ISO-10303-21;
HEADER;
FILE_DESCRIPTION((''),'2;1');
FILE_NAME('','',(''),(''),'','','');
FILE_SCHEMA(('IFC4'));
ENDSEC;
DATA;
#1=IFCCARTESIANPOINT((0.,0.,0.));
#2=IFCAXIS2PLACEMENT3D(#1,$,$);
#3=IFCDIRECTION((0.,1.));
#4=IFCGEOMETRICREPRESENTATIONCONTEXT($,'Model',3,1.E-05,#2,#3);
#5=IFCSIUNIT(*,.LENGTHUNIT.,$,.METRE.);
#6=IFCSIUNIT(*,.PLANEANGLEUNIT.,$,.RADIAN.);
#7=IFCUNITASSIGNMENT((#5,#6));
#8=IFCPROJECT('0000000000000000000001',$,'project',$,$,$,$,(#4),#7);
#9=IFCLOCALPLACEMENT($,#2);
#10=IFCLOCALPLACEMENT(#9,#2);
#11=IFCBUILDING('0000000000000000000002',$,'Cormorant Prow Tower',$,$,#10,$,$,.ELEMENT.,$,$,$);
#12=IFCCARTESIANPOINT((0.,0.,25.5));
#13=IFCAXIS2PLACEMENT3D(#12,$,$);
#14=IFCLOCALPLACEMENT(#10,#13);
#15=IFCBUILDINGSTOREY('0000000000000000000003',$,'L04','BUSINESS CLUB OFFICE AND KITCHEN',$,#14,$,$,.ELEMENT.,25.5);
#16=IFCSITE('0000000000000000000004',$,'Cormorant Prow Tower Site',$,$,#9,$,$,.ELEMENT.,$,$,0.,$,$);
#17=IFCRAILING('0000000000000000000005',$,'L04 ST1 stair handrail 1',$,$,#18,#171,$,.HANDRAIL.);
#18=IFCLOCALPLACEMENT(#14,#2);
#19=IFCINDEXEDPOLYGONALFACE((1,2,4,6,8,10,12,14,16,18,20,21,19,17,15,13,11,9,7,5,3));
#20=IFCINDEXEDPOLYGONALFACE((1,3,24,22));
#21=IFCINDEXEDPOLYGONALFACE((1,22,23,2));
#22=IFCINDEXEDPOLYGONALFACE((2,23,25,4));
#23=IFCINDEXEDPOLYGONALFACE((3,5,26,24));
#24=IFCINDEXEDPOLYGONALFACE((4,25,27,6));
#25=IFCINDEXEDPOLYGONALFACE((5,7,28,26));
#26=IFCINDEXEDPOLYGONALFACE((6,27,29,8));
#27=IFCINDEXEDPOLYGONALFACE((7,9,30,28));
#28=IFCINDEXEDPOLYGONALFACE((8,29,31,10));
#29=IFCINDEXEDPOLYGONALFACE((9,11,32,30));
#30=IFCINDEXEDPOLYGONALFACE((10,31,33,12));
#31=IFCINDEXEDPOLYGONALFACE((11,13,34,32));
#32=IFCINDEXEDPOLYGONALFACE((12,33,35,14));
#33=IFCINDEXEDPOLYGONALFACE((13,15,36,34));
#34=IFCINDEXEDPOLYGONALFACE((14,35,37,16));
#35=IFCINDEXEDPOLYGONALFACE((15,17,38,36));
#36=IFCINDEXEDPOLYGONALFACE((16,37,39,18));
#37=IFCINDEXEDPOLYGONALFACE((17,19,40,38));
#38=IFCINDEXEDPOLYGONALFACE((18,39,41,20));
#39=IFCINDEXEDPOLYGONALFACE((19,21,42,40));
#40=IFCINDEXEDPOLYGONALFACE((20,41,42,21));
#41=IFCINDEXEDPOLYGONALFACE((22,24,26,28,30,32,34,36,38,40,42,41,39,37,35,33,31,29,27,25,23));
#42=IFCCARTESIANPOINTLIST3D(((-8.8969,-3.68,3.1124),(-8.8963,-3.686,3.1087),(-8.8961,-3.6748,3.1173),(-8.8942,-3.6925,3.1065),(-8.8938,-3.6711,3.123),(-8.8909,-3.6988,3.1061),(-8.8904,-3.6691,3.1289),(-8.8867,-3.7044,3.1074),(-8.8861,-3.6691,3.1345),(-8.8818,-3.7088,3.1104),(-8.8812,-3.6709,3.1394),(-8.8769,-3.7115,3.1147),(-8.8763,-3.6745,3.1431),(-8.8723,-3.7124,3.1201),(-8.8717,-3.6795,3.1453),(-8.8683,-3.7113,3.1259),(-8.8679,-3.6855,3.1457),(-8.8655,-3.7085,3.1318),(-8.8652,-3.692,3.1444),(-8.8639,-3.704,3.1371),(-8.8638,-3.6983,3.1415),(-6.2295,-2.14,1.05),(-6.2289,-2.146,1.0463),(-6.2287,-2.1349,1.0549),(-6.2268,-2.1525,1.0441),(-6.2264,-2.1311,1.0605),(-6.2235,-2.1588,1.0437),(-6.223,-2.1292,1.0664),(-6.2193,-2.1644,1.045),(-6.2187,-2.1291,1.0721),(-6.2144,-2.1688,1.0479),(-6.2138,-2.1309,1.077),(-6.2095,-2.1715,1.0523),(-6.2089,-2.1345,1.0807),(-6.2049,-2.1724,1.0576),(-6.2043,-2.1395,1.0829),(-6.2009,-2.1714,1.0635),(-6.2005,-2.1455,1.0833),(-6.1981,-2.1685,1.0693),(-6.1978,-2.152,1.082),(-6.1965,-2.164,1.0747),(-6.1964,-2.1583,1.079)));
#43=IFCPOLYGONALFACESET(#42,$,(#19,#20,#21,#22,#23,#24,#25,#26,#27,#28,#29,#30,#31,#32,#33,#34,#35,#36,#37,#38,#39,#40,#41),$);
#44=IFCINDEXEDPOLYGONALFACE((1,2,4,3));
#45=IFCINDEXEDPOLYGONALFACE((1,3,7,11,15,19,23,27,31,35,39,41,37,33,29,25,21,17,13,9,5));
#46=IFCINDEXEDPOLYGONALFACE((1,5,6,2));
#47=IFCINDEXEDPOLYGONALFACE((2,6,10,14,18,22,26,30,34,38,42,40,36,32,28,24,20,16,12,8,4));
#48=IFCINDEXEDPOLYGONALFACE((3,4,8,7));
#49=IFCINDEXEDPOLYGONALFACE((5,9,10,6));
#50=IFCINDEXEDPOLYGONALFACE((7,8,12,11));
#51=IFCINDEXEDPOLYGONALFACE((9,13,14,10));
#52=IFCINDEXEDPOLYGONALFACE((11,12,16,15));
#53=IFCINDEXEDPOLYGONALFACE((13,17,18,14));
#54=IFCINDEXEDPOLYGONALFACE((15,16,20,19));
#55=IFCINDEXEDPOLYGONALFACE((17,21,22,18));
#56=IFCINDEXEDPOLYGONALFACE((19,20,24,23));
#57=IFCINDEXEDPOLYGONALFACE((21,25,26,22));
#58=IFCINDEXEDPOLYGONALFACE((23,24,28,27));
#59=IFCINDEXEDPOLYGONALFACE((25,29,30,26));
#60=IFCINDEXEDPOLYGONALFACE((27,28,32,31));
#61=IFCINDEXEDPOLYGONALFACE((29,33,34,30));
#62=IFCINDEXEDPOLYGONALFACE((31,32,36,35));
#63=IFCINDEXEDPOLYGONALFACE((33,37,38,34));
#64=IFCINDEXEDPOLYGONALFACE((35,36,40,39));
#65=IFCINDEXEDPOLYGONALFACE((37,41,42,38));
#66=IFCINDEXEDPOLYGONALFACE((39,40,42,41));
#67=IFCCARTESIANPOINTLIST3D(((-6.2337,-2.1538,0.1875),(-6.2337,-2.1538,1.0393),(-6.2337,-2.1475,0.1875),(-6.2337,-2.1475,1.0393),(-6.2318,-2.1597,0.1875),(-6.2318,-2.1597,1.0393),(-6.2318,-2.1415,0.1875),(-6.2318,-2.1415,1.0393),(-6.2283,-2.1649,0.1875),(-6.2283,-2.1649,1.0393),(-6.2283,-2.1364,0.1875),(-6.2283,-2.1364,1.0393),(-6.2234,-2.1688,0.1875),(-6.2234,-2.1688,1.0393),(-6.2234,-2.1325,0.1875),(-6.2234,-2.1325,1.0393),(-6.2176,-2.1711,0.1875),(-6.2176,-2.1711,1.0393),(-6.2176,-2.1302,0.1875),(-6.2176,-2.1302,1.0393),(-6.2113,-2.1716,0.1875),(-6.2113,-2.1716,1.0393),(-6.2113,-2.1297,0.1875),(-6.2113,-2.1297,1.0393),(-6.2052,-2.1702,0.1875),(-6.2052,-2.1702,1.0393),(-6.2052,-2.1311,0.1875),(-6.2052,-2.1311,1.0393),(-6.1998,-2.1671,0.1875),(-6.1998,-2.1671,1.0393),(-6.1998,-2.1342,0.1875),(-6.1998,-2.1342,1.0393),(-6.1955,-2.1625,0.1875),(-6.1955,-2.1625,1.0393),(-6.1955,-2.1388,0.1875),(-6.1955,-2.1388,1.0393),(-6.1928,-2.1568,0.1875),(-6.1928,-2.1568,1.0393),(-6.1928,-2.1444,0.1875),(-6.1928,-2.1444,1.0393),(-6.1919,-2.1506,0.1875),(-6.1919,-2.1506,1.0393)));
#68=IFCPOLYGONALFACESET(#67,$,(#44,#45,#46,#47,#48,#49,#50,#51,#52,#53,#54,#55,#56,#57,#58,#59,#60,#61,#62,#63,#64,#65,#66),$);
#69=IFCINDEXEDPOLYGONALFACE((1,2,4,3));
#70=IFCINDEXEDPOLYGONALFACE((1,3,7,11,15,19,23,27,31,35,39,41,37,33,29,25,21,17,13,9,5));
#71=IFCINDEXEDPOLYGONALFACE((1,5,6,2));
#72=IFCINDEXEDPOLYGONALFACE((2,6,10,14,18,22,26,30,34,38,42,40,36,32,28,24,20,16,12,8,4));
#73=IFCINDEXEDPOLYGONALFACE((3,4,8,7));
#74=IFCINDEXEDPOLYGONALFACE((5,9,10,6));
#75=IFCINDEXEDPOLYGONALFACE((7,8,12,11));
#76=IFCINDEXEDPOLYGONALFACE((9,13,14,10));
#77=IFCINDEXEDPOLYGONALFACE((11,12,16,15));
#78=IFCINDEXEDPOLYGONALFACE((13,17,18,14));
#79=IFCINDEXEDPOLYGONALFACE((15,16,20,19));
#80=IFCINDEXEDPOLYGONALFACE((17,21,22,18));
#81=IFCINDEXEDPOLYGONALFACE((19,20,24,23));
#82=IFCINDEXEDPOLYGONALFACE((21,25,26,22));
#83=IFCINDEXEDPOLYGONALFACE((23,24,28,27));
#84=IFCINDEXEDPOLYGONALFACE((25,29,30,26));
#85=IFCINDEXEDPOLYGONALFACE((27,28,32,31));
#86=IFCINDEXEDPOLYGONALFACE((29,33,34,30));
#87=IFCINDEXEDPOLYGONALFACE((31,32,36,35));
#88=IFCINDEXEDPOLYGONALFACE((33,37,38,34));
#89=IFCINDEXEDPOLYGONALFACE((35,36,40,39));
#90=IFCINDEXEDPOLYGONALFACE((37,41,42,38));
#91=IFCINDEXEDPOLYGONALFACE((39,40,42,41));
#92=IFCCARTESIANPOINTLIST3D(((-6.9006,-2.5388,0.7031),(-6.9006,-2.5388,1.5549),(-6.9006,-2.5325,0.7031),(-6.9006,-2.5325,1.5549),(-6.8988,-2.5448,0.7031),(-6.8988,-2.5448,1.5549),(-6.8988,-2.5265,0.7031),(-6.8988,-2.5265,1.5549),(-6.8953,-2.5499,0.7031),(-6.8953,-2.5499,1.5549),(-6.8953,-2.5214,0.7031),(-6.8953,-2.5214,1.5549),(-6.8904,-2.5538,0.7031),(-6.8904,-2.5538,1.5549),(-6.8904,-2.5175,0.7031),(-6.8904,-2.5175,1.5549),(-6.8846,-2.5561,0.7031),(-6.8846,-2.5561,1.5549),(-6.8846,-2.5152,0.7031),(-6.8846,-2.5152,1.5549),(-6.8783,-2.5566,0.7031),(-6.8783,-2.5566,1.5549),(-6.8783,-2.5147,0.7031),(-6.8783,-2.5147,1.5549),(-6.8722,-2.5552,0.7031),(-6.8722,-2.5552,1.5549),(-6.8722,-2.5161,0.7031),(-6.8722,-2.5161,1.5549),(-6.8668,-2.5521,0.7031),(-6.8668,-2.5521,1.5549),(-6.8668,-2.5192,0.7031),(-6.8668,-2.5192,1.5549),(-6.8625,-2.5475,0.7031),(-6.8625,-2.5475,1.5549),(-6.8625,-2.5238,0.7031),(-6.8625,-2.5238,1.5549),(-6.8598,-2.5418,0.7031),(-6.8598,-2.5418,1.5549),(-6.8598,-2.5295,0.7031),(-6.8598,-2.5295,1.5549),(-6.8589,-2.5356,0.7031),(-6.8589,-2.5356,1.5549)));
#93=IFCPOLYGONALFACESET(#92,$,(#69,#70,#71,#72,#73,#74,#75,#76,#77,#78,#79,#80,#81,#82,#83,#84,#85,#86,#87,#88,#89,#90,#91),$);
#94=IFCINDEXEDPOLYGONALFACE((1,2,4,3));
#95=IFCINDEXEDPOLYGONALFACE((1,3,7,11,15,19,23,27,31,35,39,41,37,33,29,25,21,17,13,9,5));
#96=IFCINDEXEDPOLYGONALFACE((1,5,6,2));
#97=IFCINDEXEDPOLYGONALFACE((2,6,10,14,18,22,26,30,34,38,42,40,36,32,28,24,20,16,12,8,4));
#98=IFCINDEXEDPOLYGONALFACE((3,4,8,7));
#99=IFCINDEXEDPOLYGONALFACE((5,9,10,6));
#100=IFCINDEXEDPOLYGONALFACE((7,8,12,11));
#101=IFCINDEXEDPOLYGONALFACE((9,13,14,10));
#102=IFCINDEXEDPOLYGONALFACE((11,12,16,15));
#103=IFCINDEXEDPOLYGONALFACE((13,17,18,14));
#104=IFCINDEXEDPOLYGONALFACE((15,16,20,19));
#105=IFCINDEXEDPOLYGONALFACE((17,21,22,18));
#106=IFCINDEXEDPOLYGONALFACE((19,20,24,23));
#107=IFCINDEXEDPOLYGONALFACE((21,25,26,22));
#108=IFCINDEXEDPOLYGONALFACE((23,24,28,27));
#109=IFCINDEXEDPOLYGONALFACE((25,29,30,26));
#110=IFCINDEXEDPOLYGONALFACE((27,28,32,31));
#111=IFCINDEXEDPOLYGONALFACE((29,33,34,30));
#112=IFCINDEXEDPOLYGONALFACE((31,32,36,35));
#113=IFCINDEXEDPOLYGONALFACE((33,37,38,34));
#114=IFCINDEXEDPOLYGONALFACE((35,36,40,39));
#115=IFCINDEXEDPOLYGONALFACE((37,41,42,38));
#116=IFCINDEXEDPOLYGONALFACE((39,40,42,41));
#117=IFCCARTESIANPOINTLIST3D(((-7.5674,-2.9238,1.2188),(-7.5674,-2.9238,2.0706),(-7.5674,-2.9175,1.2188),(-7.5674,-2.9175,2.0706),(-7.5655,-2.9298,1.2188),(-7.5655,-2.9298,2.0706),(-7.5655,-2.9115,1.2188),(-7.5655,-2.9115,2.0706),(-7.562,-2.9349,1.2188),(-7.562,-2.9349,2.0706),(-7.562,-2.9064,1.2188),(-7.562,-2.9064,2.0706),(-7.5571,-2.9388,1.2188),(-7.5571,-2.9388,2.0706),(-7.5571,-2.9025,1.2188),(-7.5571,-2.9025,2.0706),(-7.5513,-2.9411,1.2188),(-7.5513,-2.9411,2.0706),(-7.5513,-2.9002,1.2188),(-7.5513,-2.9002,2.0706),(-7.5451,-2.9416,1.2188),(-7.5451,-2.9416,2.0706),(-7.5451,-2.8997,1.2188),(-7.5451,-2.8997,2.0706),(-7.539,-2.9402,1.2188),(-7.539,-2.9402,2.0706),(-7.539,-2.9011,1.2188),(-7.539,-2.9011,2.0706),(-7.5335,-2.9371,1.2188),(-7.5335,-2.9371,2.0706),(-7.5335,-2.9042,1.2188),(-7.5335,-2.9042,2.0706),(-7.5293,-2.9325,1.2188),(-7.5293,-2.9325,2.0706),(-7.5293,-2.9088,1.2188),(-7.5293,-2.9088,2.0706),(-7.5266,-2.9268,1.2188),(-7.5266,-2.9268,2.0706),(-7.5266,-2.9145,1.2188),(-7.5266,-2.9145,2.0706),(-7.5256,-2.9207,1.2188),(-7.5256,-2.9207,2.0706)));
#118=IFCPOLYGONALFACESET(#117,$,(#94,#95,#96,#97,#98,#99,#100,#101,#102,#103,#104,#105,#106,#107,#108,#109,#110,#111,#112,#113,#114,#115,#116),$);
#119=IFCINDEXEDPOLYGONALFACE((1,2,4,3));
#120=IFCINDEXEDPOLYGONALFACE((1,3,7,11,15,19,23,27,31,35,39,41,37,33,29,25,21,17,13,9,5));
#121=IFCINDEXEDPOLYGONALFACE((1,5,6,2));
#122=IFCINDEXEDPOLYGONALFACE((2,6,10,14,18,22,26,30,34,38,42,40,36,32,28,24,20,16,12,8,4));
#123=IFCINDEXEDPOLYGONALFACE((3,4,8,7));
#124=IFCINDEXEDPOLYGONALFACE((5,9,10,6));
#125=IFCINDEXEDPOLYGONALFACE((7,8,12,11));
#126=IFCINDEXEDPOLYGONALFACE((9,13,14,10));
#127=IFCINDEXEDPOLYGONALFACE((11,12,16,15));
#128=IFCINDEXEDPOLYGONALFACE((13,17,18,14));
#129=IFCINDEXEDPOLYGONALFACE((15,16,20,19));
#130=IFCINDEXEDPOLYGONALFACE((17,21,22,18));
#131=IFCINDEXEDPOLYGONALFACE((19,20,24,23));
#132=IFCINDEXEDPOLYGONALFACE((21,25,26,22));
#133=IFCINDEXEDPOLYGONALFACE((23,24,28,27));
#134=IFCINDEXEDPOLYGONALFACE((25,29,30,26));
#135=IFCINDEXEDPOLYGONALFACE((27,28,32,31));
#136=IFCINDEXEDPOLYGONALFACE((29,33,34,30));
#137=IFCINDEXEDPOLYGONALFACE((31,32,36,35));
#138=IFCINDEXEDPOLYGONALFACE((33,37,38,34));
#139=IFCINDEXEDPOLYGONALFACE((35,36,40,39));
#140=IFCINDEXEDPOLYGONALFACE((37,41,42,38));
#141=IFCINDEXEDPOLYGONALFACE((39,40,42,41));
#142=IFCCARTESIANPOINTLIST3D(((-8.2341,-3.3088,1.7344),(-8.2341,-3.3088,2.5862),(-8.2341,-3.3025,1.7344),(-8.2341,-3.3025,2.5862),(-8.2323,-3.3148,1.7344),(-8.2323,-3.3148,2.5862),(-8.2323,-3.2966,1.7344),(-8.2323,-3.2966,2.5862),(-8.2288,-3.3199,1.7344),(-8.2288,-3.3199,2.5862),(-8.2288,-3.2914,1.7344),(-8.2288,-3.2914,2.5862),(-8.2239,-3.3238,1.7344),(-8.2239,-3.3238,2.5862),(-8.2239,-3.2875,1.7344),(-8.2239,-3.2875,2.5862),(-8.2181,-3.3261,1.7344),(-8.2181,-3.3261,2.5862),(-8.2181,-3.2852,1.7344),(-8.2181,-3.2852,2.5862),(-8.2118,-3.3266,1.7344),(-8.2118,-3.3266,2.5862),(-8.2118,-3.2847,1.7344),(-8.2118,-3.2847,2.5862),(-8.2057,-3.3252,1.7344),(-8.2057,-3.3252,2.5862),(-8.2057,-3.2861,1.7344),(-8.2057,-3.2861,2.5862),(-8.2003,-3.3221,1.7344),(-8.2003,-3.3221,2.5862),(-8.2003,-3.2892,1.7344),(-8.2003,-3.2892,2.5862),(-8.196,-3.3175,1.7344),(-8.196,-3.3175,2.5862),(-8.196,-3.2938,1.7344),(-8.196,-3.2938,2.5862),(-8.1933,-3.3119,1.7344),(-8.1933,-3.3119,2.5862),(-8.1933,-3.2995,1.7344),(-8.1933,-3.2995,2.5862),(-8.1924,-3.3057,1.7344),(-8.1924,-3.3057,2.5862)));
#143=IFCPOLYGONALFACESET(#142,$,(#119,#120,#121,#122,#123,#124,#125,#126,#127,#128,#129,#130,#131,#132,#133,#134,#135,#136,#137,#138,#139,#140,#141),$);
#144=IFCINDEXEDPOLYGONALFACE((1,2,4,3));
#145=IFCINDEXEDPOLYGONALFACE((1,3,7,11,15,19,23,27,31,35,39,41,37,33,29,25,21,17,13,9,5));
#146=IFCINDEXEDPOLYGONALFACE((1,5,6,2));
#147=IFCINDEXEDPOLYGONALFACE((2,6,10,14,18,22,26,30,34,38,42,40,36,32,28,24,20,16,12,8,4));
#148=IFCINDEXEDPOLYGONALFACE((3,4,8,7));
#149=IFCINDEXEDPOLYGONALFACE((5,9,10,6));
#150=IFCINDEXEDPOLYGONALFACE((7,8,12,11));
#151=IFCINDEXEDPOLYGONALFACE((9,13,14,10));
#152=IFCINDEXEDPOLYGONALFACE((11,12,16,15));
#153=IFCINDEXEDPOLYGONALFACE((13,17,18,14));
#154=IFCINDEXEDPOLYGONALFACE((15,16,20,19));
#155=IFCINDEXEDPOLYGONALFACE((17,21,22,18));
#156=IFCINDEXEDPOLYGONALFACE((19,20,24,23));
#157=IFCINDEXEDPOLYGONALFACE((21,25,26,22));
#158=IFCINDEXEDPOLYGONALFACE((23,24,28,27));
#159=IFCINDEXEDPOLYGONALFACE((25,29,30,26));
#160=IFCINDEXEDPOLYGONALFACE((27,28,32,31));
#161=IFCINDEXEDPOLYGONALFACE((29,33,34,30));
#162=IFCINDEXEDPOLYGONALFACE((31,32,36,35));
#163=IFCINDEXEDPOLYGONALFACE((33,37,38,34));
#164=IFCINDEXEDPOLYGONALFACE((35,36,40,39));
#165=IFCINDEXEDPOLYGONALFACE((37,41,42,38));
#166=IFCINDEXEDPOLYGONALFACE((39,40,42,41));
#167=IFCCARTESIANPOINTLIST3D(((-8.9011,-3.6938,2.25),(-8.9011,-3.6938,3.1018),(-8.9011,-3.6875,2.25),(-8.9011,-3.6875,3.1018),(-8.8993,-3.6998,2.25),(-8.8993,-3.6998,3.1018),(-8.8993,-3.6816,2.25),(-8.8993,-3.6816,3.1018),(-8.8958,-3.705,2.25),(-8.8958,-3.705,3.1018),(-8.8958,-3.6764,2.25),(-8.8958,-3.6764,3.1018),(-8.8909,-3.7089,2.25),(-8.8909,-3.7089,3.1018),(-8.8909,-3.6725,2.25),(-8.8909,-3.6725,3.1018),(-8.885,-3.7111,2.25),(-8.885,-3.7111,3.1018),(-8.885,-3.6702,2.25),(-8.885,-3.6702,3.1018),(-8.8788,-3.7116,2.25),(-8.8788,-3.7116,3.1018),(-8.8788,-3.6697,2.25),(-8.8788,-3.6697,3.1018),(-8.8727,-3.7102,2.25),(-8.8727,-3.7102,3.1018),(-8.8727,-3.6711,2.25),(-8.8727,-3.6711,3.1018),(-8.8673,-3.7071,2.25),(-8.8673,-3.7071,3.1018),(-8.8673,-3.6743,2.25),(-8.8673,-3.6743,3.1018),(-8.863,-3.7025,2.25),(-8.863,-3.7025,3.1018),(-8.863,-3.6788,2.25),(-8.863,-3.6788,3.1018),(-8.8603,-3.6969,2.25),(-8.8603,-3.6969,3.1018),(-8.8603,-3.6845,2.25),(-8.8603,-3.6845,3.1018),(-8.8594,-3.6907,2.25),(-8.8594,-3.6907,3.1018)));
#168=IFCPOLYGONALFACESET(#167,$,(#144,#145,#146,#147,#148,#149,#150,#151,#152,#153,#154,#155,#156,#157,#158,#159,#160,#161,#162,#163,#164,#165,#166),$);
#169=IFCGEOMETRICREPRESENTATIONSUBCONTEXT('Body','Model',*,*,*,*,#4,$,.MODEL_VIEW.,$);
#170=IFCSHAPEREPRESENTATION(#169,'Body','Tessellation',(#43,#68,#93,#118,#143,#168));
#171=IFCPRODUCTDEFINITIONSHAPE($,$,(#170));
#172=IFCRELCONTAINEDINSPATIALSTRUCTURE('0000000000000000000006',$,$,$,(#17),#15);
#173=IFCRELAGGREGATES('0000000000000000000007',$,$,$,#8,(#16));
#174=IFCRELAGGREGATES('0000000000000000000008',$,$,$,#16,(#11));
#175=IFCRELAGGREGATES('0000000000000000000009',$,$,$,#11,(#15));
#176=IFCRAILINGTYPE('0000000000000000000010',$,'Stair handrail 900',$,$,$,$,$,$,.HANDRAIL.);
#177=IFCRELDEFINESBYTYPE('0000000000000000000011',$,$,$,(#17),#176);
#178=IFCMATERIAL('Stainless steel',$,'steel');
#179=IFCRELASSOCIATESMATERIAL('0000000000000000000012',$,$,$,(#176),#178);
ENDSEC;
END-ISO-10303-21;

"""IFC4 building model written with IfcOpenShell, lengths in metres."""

from ifc_helpers import new_model, si_unit, direction, frame, origin, origin_2d, place, context, subcontext, project, spatial, circle, extrude, material, type_object, element, save


model = new_model("IFC4")

# Units and contexts
model_context = context("Model", 3, precision=1e-05, world=origin(), true_north=direction((0.0, 1.0)))
body_context = subcontext(model_context, "Body", "Model", "MODEL_VIEW")
ifc_project = project(units=[si_unit("LENGTHUNIT", "METRE"), si_unit("PLANEANGLEUNIT", "RADIAN")], contexts=[model_context])

# Site, building, storey
site_placement = place(None, origin())
site = spatial("IfcSite", under=ifc_project, at=site_placement, Name="Cormorant Prow Tower Site", CompositionType="ELEMENT", RefElevation=0.0)
building_placement = place(site_placement, origin())
building = spatial("IfcBuilding", under=site, at=building_placement, Name="Cormorant Prow Tower", CompositionType="ELEMENT")
storey_placement = place(building_placement, frame((0.0, 0.0, 25.5)))
storey = spatial("IfcBuildingStorey", under=building, at=storey_placement, Name="L04", Description="BUSINESS CLUB OFFICE AND KITCHEN", CompositionType="ELEMENT", Elevation=25.5)

# Railing
ifc_material_1 = material(Name="Stainless steel", Category="steel")
railing_type_1 = type_object("IfcRailingType", Name="Stair handrail 900", PredefinedType="HANDRAIL", material=ifc_material_1)
railing_1_placement = place(storey_placement, frame((-6.2129, -2.1506, 0.1875)))
element("IfcRailing", 1, at=railing_1_placement, inside=storey, type_object=railing_type_1, Name="L04 ST1 stair handrail 1", PredefinedType="HANDRAIL", context=body_context, shape_type="SweptSolid", body=[
    extrude(circle(Radius=0.0239, at=origin_2d()), frame((0.0, 0.0, 0.876), z_axis=(-0.719599, -0.415452, 0.556395), x_axis=(0.499992, -0.86603, 0.0)), (0.0, 0.0, 1.0), 3.7068),
    extrude(circle(Radius=0.021, at=origin_2d()), origin(), (0.0, 0.0, 1.0), 0.8518),
    extrude(circle(Radius=0.021, at=origin_2d()), frame((-0.667, -0.385, 0.5156)), (0.0, 0.0, 1.0), 0.8518),
    extrude(circle(Radius=0.021, at=origin_2d()), frame((-1.3337, -0.77, 1.0312)), (0.0, 0.0, 1.0), 0.8518),
    extrude(circle(Radius=0.021, at=origin_2d()), frame((-2.0005, -1.155, 1.5469)), (0.0, 0.0, 1.0), 0.8518),
    extrude(circle(Radius=0.021, at=origin_2d()), frame((-2.6675, -1.54, 2.0625)), (0.0, 0.0, 1.0), 0.8518),
])

save(model, "model.ifc")
